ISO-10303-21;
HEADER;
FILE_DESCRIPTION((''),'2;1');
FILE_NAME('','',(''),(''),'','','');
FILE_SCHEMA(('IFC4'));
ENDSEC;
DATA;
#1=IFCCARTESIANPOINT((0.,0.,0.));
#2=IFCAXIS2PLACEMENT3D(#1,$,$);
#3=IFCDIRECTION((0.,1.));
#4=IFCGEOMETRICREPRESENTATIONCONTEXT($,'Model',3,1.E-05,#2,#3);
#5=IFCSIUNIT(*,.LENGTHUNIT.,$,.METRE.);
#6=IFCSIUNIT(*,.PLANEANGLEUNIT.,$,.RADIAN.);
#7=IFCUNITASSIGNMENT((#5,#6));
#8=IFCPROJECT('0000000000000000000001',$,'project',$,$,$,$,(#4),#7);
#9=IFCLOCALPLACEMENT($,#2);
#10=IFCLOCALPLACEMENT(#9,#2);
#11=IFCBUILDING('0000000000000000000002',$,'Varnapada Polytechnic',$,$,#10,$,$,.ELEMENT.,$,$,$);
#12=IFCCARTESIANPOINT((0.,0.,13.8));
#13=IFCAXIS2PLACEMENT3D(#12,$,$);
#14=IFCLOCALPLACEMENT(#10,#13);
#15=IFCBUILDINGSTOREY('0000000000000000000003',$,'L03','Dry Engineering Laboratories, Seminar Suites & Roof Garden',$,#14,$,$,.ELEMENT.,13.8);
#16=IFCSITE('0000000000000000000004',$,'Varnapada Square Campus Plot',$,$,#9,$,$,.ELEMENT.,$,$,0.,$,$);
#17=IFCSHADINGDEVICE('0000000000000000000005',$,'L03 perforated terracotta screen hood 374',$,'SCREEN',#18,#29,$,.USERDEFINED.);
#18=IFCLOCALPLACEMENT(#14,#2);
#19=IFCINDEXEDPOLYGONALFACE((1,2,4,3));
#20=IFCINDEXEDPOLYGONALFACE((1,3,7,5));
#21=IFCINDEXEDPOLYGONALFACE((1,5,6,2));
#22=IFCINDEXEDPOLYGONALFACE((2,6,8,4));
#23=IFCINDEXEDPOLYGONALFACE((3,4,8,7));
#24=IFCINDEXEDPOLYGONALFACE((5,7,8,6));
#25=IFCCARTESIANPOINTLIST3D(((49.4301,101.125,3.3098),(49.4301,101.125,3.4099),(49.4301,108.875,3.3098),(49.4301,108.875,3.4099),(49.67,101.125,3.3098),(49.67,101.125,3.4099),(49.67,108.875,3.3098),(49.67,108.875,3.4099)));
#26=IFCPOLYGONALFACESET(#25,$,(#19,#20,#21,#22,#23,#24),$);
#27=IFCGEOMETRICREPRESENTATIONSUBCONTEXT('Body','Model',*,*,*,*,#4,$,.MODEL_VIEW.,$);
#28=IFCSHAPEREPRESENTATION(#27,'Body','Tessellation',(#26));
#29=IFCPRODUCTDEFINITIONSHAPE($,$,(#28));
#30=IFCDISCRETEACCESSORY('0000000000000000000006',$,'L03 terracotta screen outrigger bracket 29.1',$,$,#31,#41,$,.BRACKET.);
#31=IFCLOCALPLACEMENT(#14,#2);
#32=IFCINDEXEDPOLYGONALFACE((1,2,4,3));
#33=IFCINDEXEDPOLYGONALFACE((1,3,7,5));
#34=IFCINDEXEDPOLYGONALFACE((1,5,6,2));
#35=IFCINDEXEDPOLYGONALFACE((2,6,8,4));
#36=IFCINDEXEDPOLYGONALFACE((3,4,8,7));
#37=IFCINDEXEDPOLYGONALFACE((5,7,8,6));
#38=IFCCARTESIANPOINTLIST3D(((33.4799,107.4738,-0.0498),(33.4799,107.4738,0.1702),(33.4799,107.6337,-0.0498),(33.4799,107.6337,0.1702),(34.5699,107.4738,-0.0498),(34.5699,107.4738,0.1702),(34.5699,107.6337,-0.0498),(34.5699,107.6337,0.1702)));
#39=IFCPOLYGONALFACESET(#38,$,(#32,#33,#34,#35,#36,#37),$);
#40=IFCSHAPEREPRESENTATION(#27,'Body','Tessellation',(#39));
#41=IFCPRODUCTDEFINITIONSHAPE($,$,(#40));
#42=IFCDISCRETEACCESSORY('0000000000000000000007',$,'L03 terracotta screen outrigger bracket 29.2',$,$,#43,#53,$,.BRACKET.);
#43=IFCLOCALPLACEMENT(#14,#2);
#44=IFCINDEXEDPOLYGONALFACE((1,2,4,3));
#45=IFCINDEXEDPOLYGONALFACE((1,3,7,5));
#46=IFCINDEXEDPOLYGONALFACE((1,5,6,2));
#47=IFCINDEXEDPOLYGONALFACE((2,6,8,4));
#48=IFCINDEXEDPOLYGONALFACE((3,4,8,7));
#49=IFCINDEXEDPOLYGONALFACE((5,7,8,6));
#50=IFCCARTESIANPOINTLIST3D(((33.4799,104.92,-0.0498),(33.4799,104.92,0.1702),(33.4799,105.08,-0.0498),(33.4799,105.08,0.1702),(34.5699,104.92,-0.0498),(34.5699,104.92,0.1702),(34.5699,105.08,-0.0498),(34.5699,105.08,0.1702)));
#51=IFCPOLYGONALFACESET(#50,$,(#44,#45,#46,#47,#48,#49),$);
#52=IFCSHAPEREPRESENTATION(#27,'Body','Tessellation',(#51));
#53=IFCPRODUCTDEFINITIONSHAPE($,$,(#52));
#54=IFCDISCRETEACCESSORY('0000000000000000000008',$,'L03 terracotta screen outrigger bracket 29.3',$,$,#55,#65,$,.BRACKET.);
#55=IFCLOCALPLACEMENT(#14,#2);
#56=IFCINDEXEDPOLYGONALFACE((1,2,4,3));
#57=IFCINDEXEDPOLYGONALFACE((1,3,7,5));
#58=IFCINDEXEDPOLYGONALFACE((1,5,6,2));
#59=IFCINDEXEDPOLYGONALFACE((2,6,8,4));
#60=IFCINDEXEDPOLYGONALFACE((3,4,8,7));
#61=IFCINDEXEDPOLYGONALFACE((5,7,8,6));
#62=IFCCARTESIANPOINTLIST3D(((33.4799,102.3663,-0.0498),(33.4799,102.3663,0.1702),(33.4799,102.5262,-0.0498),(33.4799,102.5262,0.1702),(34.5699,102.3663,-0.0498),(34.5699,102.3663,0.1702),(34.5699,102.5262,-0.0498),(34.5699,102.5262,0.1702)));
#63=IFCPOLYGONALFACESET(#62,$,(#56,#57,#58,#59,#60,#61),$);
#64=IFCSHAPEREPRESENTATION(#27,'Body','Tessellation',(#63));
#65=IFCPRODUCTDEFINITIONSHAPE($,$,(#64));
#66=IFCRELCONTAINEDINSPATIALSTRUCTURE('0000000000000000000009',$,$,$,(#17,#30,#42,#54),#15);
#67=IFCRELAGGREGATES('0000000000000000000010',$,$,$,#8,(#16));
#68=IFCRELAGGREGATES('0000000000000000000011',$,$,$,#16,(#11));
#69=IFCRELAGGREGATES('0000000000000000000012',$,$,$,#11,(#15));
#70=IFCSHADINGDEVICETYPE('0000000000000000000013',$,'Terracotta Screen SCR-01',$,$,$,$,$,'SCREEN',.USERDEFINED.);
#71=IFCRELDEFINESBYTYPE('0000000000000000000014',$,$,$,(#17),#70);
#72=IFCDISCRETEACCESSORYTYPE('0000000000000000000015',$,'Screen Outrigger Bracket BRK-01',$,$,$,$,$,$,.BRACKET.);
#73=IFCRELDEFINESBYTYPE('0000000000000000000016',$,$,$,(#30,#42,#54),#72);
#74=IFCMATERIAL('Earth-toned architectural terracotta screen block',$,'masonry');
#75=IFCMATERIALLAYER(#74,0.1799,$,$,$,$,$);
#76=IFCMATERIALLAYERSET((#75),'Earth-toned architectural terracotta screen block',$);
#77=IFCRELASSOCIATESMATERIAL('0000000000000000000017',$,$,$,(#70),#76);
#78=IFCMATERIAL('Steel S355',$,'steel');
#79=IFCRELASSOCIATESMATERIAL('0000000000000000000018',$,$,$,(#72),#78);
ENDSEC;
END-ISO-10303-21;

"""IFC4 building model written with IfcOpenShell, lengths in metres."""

from ifc_helpers import new_model, si_unit, direction, frame, origin, origin_2d, place, context, subcontext, project, spatial, rectangle, extrude, material, layer, layer_set, type_object, element, save


model = new_model("IFC4")

# Units and contexts
model_context = context("Model", 3, precision=1e-05, world=origin(), true_north=direction((0.0, 1.0)))
body_context = subcontext(model_context, "Body", "Model", "MODEL_VIEW")
ifc_project = project(units=[si_unit("LENGTHUNIT", "METRE"), si_unit("PLANEANGLEUNIT", "RADIAN")], contexts=[model_context])

# Site, building, storey
site_placement = place(None, origin())
site = spatial("IfcSite", under=ifc_project, at=site_placement, Name="Varnapada Square Campus Plot", CompositionType="ELEMENT", RefElevation=0.0)
building_placement = place(site_placement, origin())
building = spatial("IfcBuilding", under=site, at=building_placement, Name="Varnapada Polytechnic", CompositionType="ELEMENT")
storey_placement = place(building_placement, frame((0.0, 0.0, 13.8)))
storey = spatial("IfcBuildingStorey", under=building, at=storey_placement, Name="L03", Description="Dry Engineering Laboratories, Seminar Suites & Roof Garden", CompositionType="ELEMENT", Elevation=13.8)

# Shared definitions
ifc_material_1 = material(Name="Earth-toned architectural terracotta screen block", Category="masonry")

# Shading device
ifc_layer_1 = layer(ifc_material_1, 0.1799)
ifc_layer_set_1 = layer_set([ifc_layer_1], Name="Earth-toned architectural terracotta screen block")
shading_device_type = type_object("IfcShadingDeviceType", Name="Terracotta Screen SCR-01", ElementType="SCREEN", PredefinedType="USERDEFINED", material=ifc_layer_set_1)
shading_device_1_placement = place(storey_placement, frame((49.55, 105.0, 3.3098), z_axis=(0.0, 0.0, 1.0), x_axis=(0.0, 1.0, 0.0)))
element("IfcShadingDevice", 1, at=shading_device_1_placement, inside=storey, type_object=shading_device_type, Name="L03 perforated terracotta screen hood 374", ObjectType="SCREEN", PredefinedType="USERDEFINED", context=body_context, shape_type="SweptSolid", body=[
    extrude(rectangle(XDim=7.75, YDim=0.24, at=origin_2d()), origin(), (0.0, 0.0, 1.0), 0.1001),
])

# Discrete accessories
ifc_material_2 = material(Name="Steel S355", Category="steel")
discrete_accessory_type = type_object("IfcDiscreteAccessoryType", Name="Screen Outrigger Bracket BRK-01", PredefinedType="BRACKET", material=ifc_material_2)
for number, where, z_axis, x_axis, name in (
    (2, (34.0249, 107.5537, -0.0498), (0.0, 0.0, 1.0), (0.0, -1.0, 0.0), "L03 terracotta screen outrigger bracket 29.1"),
    (3, (34.0249, 105.0, -0.0498), (0.0, 0.0, 1.0), (0.0, -1.0, 0.0), "L03 terracotta screen outrigger bracket 29.2"),
    (4, (34.0249, 102.4463, -0.0498), (0.0, 0.0, 1.0), (0.0, -1.0, 0.0), "L03 terracotta screen outrigger bracket 29.3"),
):
    element("IfcDiscreteAccessory", number, at=place(storey_placement, frame(where, z_axis=z_axis, x_axis=x_axis)), inside=storey, type_object=discrete_accessory_type, Name=name, PredefinedType="BRACKET", context=body_context, shape_type="SweptSolid", body=[
        extrude(rectangle(XDim=0.1599, YDim=1.0901, at=origin_2d()), origin(), (0.0, 0.0, 1.0), 0.22),
    ])

save(model, "model.ifc")
